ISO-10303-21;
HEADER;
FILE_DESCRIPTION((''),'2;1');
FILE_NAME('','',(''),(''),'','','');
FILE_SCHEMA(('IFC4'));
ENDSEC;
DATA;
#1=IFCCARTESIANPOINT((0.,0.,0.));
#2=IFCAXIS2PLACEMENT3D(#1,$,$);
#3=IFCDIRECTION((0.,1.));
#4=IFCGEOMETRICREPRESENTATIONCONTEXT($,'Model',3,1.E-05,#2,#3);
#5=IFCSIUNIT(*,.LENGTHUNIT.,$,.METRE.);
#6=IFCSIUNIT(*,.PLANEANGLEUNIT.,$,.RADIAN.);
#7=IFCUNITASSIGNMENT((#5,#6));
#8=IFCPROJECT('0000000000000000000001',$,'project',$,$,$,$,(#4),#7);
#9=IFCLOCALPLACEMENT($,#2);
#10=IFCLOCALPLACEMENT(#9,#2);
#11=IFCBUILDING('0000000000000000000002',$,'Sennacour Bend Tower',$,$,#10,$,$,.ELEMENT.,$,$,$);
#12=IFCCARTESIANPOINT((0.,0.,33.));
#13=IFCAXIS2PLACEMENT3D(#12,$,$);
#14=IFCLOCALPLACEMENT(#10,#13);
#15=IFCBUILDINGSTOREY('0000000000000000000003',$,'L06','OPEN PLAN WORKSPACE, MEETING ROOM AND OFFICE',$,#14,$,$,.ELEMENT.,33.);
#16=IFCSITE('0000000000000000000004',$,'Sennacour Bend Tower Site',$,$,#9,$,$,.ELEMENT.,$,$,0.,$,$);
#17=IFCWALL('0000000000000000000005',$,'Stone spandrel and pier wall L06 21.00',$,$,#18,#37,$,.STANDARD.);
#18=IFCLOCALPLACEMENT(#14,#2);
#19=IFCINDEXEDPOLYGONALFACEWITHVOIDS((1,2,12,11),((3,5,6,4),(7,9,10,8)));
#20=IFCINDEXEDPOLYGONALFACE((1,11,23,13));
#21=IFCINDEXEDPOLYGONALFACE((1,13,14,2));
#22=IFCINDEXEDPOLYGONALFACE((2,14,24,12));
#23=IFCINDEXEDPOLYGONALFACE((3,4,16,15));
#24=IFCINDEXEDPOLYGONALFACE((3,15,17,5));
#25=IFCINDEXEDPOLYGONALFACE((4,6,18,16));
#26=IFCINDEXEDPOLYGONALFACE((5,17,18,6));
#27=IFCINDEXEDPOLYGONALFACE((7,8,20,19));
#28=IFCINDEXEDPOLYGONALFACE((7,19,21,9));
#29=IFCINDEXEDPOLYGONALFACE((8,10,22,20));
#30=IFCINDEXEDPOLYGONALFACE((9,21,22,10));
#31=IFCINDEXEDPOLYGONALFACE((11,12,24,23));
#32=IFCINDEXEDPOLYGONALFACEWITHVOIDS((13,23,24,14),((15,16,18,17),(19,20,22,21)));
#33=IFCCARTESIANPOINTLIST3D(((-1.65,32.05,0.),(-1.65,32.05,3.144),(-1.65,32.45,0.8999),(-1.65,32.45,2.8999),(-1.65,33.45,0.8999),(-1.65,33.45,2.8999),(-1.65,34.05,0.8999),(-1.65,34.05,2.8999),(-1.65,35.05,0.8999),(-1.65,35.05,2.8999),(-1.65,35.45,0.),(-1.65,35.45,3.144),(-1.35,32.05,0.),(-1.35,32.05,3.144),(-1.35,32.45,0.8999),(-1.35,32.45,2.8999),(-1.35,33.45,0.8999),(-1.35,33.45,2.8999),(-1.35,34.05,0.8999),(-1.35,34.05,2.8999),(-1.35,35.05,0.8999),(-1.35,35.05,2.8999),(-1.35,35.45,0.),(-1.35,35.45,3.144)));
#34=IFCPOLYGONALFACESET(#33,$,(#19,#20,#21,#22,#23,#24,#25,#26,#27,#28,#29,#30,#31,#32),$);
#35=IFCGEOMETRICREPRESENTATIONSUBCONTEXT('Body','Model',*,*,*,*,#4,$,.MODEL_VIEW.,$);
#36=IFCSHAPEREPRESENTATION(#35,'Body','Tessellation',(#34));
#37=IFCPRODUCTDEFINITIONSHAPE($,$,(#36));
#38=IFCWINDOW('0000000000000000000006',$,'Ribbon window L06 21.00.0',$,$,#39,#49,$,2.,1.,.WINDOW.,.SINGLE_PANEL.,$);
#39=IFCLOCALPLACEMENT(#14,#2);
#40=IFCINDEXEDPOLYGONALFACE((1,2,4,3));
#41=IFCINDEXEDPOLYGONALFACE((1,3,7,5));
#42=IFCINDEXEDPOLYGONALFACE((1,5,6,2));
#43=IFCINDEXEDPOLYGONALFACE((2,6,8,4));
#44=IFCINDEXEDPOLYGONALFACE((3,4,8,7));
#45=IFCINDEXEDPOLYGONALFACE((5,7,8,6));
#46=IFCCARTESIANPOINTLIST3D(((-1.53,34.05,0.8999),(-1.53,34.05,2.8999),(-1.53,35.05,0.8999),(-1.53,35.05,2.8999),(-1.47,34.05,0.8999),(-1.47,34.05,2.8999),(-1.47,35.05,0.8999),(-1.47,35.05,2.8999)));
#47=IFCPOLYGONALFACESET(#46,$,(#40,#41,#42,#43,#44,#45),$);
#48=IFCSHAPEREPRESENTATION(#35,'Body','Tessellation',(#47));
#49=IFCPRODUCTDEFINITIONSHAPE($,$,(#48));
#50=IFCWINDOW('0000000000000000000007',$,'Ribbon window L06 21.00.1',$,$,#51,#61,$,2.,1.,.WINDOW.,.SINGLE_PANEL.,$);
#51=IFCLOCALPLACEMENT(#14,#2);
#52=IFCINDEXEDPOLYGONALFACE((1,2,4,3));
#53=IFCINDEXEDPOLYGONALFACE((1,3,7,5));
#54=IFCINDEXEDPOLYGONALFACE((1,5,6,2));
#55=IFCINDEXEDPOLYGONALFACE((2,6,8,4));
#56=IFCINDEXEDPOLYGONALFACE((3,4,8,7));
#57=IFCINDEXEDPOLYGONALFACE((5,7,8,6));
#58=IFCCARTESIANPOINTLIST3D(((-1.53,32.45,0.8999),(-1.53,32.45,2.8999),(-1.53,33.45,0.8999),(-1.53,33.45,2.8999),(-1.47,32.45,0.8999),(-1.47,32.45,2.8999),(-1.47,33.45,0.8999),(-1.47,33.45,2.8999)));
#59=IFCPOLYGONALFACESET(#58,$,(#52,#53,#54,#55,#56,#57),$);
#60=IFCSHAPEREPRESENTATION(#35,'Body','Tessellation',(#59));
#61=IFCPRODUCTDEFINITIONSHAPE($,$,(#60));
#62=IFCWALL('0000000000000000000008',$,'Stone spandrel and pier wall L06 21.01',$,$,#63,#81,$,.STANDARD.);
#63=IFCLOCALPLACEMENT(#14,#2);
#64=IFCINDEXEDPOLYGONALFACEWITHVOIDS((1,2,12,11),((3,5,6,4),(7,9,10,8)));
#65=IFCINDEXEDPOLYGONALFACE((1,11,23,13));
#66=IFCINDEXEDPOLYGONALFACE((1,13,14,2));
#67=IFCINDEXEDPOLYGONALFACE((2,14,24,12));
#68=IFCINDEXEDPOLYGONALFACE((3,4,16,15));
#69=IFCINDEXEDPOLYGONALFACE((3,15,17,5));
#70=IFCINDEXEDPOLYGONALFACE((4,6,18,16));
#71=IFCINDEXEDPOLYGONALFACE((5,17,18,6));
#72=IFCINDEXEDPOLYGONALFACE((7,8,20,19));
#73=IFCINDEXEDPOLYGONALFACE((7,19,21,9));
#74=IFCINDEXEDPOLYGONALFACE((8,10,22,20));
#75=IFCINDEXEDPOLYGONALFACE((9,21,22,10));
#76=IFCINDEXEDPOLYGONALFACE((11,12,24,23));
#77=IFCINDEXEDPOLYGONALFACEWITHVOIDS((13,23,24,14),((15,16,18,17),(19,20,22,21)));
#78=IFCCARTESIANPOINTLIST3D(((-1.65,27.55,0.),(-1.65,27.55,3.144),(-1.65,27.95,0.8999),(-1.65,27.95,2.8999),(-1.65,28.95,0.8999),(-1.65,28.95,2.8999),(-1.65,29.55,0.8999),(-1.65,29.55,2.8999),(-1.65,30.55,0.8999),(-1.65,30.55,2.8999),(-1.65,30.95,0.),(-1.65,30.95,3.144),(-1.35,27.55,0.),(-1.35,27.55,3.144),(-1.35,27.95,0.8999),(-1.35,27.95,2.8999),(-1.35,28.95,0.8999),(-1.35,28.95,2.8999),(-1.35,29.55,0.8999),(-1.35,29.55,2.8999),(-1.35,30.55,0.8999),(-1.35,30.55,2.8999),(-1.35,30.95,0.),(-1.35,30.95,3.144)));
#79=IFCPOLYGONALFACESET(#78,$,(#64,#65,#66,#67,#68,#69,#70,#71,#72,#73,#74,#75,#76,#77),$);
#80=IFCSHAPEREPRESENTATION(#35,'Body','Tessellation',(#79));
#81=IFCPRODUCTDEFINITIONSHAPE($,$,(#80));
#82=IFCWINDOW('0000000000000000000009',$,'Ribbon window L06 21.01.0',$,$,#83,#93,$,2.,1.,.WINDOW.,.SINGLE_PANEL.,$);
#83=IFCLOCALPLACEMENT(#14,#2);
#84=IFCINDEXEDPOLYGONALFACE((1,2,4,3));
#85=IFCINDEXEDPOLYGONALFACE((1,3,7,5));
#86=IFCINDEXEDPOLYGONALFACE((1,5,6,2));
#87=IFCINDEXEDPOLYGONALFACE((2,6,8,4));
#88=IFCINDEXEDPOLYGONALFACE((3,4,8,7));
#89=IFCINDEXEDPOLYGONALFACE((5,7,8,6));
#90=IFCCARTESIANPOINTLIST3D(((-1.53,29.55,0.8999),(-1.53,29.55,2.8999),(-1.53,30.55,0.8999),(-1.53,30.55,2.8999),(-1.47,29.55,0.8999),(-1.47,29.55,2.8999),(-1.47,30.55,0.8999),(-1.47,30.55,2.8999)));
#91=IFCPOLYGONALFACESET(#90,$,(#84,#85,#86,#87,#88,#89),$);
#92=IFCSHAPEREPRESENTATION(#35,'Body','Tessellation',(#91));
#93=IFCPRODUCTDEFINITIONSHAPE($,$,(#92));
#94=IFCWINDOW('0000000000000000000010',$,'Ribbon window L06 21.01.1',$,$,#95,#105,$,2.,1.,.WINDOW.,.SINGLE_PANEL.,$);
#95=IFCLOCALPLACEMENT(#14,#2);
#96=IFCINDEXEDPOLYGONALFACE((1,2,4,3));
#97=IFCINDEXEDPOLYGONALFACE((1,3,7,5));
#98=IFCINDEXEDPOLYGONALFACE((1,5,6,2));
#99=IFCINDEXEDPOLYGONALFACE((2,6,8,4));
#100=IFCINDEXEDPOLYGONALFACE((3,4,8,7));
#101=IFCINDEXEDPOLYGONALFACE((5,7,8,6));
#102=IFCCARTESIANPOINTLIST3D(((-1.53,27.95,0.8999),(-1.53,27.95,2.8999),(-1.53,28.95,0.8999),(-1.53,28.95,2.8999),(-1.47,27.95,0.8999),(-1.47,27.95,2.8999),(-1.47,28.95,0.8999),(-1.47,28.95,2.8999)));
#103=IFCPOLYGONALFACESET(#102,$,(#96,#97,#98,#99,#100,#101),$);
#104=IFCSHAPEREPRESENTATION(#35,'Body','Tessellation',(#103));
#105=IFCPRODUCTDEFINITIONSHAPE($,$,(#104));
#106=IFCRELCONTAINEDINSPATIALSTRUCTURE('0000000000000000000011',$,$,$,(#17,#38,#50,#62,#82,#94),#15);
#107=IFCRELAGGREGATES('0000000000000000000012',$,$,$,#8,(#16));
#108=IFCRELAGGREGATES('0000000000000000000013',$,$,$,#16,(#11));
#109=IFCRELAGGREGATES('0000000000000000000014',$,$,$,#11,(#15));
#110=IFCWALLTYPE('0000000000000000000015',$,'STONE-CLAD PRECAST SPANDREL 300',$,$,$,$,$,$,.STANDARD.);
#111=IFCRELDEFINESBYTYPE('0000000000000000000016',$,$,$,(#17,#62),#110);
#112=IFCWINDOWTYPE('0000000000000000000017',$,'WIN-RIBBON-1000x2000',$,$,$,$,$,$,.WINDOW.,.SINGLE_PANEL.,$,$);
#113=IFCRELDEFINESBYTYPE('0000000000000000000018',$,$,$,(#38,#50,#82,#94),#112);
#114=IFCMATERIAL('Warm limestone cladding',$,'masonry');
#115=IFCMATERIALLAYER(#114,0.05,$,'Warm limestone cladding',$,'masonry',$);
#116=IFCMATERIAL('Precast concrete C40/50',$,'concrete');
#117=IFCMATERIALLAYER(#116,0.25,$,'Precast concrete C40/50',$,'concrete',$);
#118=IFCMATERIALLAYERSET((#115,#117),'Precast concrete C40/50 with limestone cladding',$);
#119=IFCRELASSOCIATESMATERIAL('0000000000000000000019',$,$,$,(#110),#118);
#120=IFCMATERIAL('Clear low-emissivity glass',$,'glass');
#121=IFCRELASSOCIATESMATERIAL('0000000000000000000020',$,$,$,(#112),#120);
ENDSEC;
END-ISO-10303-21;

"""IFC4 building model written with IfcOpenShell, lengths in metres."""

from ifc_helpers import new_model, si_unit, direction, frame, frame_2d, origin, place, context, subcontext, project, spatial, rectangle, extrude, material, layer, layer_set, type_object, element, fill, save


model = new_model("IFC4")

# Units and contexts
model_context = context("Model", 3, precision=1e-05, world=origin(), true_north=direction((0.0, 1.0)))
body_context = subcontext(model_context, "Body", "Model", "MODEL_VIEW")
ifc_project = project(units=[si_unit("LENGTHUNIT", "METRE"), si_unit("PLANEANGLEUNIT", "RADIAN")], contexts=[model_context])

# Site, building, storey
site_placement = place(None, origin())
site = spatial("IfcSite", under=ifc_project, at=site_placement, Name="Sennacour Bend Tower Site", CompositionType="ELEMENT", RefElevation=0.0)
building_placement = place(site_placement, origin())
building = spatial("IfcBuilding", under=site, at=building_placement, Name="Sennacour Bend Tower", CompositionType="ELEMENT")
storey_placement = place(building_placement, frame((0.0, 0.0, 33.0)))
storey = spatial("IfcBuildingStorey", under=building, at=storey_placement, Name="L06", Description="OPEN PLAN WORKSPACE, MEETING ROOM AND OFFICE", CompositionType="ELEMENT", Elevation=33.0)

# Shared definitions
ifc_material_1 = material(Name="Warm limestone cladding", Category="masonry")
ifc_layer_1 = layer(ifc_material_1, 0.05, Name="Warm limestone cladding", Category="masonry")
ifc_material_2 = material(Name="Precast concrete C40/50", Category="concrete")
ifc_layer_2 = layer(ifc_material_2, 0.25, Name="Precast concrete C40/50", Category="concrete")
ifc_layer_set_1 = layer_set([ifc_layer_1, ifc_layer_2], Name="Precast concrete C40/50 with limestone cladding")
wall_type_1 = type_object("IfcWallType", Name="STONE-CLAD PRECAST SPANDREL 300", PredefinedType="STANDARD", material=ifc_layer_set_1)

# Walls, openings, windows
wall_1_placement = place(storey_placement, frame((-1.5, 35.45, 0.0), z_axis=(0.0, 0.0, 1.0), x_axis=(0.0, -1.0, 0.0)))
wall_1 = element("IfcWall", 1, at=wall_1_placement, inside=storey, type_object=wall_type_1, Name="Stone spandrel and pier wall L06 21.00", PredefinedType="STANDARD", context=body_context, shape_type="SweptSolid", body=[
    extrude(rectangle(XDim=3.3999, YDim=0.3, at=frame_2d((1.7, 0.0))), origin(), (0.0, 0.0, 1.0), 3.144),
])
opening_1_placement = place(wall_1_placement, frame((0.3999, 0.0, 0.8999)))
opening_1 = element("IfcOpeningElement", 2, at=opening_1_placement, cuts=wall_1, PredefinedType="OPENING", context=body_context, shape_type="SweptSolid", body=[
    extrude(rectangle(XDim=1.0, YDim=2.0, at=frame_2d((0.5, 1.0))), frame((0.0, 0.1602, 0.0), z_axis=(0.0, -1.0, 0.0), x_axis=(1.0, 0.0, 0.0)), (0.0, 0.0, 1.0), 0.3201),
])
opening_2_placement = place(wall_1_placement, frame((2.0, 0.0, 0.8999)))
opening_2 = element("IfcOpeningElement", 3, at=opening_2_placement, cuts=wall_1, PredefinedType="OPENING", context=body_context, shape_type="SweptSolid", body=[
    extrude(rectangle(XDim=1.0, YDim=2.0, at=frame_2d((0.5, 1.0))), frame((0.0, 0.1602, 0.0), z_axis=(0.0, -1.0, 0.0), x_axis=(1.0, 0.0, 0.0)), (0.0, 0.0, 1.0), 0.3201),
])
ifc_material_3 = material(Name="Clear low-emissivity glass", Category="glass")
window_type = type_object("IfcWindowType", Name="WIN-RIBBON-1000x2000", PartitioningType="SINGLE_PANEL", PredefinedType="WINDOW", material=ifc_material_3)
window_1_placement = place(opening_1_placement, origin())
window_1 = element("IfcWindow", 4, at=window_1_placement, inside=storey, type_object=window_type, Name="Ribbon window L06 21.00.0", OverallHeight=2.0, OverallWidth=1.0, PartitioningType="SINGLE_PANEL", PredefinedType="WINDOW", context=body_context, shape_type="SweptSolid", body=[
    extrude(rectangle(XDim=1.0, YDim=2.0, at=frame_2d((0.5, 1.0))), frame((0.0, 0.03, 0.0), z_axis=(0.0, -1.0, 0.0), x_axis=(1.0, 0.0, 0.0)), (0.0, 0.0, 1.0), 0.0601),
])
fill(opening_1, window_1)
window_2_placement = place(opening_2_placement, origin())
window_2 = element("IfcWindow", 5, at=window_2_placement, inside=storey, type_object=window_type, Name="Ribbon window L06 21.00.1", OverallHeight=2.0, OverallWidth=1.0, PartitioningType="SINGLE_PANEL", PredefinedType="WINDOW", context=body_context, shape_type="SweptSolid", body=[
    extrude(rectangle(XDim=1.0, YDim=2.0, at=frame_2d((0.5, 1.0))), frame((0.0, 0.03, 0.0), z_axis=(0.0, -1.0, 0.0), x_axis=(1.0, 0.0, 0.0)), (0.0, 0.0, 1.0), 0.0601),
])
fill(opening_2, window_2)
wall_2_placement = place(storey_placement, frame((-1.5, 30.95, 0.0), z_axis=(0.0, 0.0, 1.0), x_axis=(0.0, -1.0, 0.0)))
wall_2 = element("IfcWall", 6, at=wall_2_placement, inside=storey, type_object=wall_type_1, Name="Stone spandrel and pier wall L06 21.01", PredefinedType="STANDARD", context=body_context, shape_type="SweptSolid", body=[
    extrude(rectangle(XDim=3.3999, YDim=0.3, at=frame_2d((1.7, 0.0))), origin(), (0.0, 0.0, 1.0), 3.144),
])
opening_3_placement = place(wall_2_placement, frame((0.3999, 0.0, 0.8999)))
opening_3 = element("IfcOpeningElement", 7, at=opening_3_placement, cuts=wall_2, PredefinedType="OPENING", context=body_context, shape_type="SweptSolid", body=[
    extrude(rectangle(XDim=1.0, YDim=2.0, at=frame_2d((0.5, 1.0))), frame((0.0, 0.1602, 0.0), z_axis=(0.0, -1.0, 0.0), x_axis=(1.0, 0.0, 0.0)), (0.0, 0.0, 1.0), 0.3201),
])
opening_4_placement = place(wall_2_placement, frame((2.0, 0.0, 0.8999)))
opening_4 = element("IfcOpeningElement", 8, at=opening_4_placement, cuts=wall_2, PredefinedType="OPENING", context=body_context, shape_type="SweptSolid", body=[
    extrude(rectangle(XDim=1.0, YDim=2.0, at=frame_2d((0.5, 1.0))), frame((0.0, 0.1602, 0.0), z_axis=(0.0, -1.0, 0.0), x_axis=(1.0, 0.0, 0.0)), (0.0, 0.0, 1.0), 0.3201),
])
window_3_placement = place(opening_3_placement, origin())
window_3 = element("IfcWindow", 9, at=window_3_placement, inside=storey, type_object=window_type, Name="Ribbon window L06 21.01.0", OverallHeight=2.0, OverallWidth=1.0, PartitioningType="SINGLE_PANEL", PredefinedType="WINDOW", context=body_context, shape_type="SweptSolid", body=[
    extrude(rectangle(XDim=1.0, YDim=2.0, at=frame_2d((0.5, 1.0))), frame((0.0, 0.03, 0.0), z_axis=(0.0, -1.0, 0.0), x_axis=(1.0, 0.0, 0.0)), (0.0, 0.0, 1.0), 0.0601),
])
fill(opening_3, window_3)
window_4_placement = place(opening_4_placement, origin())
window_4 = element("IfcWindow", 10, at=window_4_placement, inside=storey, type_object=window_type, Name="Ribbon window L06 21.01.1", OverallHeight=2.0, OverallWidth=1.0, PartitioningType="SINGLE_PANEL", PredefinedType="WINDOW", context=body_context, shape_type="SweptSolid", body=[
    extrude(rectangle(XDim=1.0, YDim=2.0, at=frame_2d((0.5, 1.0))), frame((0.0, 0.03, 0.0), z_axis=(0.0, -1.0, 0.0), x_axis=(1.0, 0.0, 0.0)), (0.0, 0.0, 1.0), 0.0601),
])
fill(opening_4, window_4)

save(model, "model.ifc")
